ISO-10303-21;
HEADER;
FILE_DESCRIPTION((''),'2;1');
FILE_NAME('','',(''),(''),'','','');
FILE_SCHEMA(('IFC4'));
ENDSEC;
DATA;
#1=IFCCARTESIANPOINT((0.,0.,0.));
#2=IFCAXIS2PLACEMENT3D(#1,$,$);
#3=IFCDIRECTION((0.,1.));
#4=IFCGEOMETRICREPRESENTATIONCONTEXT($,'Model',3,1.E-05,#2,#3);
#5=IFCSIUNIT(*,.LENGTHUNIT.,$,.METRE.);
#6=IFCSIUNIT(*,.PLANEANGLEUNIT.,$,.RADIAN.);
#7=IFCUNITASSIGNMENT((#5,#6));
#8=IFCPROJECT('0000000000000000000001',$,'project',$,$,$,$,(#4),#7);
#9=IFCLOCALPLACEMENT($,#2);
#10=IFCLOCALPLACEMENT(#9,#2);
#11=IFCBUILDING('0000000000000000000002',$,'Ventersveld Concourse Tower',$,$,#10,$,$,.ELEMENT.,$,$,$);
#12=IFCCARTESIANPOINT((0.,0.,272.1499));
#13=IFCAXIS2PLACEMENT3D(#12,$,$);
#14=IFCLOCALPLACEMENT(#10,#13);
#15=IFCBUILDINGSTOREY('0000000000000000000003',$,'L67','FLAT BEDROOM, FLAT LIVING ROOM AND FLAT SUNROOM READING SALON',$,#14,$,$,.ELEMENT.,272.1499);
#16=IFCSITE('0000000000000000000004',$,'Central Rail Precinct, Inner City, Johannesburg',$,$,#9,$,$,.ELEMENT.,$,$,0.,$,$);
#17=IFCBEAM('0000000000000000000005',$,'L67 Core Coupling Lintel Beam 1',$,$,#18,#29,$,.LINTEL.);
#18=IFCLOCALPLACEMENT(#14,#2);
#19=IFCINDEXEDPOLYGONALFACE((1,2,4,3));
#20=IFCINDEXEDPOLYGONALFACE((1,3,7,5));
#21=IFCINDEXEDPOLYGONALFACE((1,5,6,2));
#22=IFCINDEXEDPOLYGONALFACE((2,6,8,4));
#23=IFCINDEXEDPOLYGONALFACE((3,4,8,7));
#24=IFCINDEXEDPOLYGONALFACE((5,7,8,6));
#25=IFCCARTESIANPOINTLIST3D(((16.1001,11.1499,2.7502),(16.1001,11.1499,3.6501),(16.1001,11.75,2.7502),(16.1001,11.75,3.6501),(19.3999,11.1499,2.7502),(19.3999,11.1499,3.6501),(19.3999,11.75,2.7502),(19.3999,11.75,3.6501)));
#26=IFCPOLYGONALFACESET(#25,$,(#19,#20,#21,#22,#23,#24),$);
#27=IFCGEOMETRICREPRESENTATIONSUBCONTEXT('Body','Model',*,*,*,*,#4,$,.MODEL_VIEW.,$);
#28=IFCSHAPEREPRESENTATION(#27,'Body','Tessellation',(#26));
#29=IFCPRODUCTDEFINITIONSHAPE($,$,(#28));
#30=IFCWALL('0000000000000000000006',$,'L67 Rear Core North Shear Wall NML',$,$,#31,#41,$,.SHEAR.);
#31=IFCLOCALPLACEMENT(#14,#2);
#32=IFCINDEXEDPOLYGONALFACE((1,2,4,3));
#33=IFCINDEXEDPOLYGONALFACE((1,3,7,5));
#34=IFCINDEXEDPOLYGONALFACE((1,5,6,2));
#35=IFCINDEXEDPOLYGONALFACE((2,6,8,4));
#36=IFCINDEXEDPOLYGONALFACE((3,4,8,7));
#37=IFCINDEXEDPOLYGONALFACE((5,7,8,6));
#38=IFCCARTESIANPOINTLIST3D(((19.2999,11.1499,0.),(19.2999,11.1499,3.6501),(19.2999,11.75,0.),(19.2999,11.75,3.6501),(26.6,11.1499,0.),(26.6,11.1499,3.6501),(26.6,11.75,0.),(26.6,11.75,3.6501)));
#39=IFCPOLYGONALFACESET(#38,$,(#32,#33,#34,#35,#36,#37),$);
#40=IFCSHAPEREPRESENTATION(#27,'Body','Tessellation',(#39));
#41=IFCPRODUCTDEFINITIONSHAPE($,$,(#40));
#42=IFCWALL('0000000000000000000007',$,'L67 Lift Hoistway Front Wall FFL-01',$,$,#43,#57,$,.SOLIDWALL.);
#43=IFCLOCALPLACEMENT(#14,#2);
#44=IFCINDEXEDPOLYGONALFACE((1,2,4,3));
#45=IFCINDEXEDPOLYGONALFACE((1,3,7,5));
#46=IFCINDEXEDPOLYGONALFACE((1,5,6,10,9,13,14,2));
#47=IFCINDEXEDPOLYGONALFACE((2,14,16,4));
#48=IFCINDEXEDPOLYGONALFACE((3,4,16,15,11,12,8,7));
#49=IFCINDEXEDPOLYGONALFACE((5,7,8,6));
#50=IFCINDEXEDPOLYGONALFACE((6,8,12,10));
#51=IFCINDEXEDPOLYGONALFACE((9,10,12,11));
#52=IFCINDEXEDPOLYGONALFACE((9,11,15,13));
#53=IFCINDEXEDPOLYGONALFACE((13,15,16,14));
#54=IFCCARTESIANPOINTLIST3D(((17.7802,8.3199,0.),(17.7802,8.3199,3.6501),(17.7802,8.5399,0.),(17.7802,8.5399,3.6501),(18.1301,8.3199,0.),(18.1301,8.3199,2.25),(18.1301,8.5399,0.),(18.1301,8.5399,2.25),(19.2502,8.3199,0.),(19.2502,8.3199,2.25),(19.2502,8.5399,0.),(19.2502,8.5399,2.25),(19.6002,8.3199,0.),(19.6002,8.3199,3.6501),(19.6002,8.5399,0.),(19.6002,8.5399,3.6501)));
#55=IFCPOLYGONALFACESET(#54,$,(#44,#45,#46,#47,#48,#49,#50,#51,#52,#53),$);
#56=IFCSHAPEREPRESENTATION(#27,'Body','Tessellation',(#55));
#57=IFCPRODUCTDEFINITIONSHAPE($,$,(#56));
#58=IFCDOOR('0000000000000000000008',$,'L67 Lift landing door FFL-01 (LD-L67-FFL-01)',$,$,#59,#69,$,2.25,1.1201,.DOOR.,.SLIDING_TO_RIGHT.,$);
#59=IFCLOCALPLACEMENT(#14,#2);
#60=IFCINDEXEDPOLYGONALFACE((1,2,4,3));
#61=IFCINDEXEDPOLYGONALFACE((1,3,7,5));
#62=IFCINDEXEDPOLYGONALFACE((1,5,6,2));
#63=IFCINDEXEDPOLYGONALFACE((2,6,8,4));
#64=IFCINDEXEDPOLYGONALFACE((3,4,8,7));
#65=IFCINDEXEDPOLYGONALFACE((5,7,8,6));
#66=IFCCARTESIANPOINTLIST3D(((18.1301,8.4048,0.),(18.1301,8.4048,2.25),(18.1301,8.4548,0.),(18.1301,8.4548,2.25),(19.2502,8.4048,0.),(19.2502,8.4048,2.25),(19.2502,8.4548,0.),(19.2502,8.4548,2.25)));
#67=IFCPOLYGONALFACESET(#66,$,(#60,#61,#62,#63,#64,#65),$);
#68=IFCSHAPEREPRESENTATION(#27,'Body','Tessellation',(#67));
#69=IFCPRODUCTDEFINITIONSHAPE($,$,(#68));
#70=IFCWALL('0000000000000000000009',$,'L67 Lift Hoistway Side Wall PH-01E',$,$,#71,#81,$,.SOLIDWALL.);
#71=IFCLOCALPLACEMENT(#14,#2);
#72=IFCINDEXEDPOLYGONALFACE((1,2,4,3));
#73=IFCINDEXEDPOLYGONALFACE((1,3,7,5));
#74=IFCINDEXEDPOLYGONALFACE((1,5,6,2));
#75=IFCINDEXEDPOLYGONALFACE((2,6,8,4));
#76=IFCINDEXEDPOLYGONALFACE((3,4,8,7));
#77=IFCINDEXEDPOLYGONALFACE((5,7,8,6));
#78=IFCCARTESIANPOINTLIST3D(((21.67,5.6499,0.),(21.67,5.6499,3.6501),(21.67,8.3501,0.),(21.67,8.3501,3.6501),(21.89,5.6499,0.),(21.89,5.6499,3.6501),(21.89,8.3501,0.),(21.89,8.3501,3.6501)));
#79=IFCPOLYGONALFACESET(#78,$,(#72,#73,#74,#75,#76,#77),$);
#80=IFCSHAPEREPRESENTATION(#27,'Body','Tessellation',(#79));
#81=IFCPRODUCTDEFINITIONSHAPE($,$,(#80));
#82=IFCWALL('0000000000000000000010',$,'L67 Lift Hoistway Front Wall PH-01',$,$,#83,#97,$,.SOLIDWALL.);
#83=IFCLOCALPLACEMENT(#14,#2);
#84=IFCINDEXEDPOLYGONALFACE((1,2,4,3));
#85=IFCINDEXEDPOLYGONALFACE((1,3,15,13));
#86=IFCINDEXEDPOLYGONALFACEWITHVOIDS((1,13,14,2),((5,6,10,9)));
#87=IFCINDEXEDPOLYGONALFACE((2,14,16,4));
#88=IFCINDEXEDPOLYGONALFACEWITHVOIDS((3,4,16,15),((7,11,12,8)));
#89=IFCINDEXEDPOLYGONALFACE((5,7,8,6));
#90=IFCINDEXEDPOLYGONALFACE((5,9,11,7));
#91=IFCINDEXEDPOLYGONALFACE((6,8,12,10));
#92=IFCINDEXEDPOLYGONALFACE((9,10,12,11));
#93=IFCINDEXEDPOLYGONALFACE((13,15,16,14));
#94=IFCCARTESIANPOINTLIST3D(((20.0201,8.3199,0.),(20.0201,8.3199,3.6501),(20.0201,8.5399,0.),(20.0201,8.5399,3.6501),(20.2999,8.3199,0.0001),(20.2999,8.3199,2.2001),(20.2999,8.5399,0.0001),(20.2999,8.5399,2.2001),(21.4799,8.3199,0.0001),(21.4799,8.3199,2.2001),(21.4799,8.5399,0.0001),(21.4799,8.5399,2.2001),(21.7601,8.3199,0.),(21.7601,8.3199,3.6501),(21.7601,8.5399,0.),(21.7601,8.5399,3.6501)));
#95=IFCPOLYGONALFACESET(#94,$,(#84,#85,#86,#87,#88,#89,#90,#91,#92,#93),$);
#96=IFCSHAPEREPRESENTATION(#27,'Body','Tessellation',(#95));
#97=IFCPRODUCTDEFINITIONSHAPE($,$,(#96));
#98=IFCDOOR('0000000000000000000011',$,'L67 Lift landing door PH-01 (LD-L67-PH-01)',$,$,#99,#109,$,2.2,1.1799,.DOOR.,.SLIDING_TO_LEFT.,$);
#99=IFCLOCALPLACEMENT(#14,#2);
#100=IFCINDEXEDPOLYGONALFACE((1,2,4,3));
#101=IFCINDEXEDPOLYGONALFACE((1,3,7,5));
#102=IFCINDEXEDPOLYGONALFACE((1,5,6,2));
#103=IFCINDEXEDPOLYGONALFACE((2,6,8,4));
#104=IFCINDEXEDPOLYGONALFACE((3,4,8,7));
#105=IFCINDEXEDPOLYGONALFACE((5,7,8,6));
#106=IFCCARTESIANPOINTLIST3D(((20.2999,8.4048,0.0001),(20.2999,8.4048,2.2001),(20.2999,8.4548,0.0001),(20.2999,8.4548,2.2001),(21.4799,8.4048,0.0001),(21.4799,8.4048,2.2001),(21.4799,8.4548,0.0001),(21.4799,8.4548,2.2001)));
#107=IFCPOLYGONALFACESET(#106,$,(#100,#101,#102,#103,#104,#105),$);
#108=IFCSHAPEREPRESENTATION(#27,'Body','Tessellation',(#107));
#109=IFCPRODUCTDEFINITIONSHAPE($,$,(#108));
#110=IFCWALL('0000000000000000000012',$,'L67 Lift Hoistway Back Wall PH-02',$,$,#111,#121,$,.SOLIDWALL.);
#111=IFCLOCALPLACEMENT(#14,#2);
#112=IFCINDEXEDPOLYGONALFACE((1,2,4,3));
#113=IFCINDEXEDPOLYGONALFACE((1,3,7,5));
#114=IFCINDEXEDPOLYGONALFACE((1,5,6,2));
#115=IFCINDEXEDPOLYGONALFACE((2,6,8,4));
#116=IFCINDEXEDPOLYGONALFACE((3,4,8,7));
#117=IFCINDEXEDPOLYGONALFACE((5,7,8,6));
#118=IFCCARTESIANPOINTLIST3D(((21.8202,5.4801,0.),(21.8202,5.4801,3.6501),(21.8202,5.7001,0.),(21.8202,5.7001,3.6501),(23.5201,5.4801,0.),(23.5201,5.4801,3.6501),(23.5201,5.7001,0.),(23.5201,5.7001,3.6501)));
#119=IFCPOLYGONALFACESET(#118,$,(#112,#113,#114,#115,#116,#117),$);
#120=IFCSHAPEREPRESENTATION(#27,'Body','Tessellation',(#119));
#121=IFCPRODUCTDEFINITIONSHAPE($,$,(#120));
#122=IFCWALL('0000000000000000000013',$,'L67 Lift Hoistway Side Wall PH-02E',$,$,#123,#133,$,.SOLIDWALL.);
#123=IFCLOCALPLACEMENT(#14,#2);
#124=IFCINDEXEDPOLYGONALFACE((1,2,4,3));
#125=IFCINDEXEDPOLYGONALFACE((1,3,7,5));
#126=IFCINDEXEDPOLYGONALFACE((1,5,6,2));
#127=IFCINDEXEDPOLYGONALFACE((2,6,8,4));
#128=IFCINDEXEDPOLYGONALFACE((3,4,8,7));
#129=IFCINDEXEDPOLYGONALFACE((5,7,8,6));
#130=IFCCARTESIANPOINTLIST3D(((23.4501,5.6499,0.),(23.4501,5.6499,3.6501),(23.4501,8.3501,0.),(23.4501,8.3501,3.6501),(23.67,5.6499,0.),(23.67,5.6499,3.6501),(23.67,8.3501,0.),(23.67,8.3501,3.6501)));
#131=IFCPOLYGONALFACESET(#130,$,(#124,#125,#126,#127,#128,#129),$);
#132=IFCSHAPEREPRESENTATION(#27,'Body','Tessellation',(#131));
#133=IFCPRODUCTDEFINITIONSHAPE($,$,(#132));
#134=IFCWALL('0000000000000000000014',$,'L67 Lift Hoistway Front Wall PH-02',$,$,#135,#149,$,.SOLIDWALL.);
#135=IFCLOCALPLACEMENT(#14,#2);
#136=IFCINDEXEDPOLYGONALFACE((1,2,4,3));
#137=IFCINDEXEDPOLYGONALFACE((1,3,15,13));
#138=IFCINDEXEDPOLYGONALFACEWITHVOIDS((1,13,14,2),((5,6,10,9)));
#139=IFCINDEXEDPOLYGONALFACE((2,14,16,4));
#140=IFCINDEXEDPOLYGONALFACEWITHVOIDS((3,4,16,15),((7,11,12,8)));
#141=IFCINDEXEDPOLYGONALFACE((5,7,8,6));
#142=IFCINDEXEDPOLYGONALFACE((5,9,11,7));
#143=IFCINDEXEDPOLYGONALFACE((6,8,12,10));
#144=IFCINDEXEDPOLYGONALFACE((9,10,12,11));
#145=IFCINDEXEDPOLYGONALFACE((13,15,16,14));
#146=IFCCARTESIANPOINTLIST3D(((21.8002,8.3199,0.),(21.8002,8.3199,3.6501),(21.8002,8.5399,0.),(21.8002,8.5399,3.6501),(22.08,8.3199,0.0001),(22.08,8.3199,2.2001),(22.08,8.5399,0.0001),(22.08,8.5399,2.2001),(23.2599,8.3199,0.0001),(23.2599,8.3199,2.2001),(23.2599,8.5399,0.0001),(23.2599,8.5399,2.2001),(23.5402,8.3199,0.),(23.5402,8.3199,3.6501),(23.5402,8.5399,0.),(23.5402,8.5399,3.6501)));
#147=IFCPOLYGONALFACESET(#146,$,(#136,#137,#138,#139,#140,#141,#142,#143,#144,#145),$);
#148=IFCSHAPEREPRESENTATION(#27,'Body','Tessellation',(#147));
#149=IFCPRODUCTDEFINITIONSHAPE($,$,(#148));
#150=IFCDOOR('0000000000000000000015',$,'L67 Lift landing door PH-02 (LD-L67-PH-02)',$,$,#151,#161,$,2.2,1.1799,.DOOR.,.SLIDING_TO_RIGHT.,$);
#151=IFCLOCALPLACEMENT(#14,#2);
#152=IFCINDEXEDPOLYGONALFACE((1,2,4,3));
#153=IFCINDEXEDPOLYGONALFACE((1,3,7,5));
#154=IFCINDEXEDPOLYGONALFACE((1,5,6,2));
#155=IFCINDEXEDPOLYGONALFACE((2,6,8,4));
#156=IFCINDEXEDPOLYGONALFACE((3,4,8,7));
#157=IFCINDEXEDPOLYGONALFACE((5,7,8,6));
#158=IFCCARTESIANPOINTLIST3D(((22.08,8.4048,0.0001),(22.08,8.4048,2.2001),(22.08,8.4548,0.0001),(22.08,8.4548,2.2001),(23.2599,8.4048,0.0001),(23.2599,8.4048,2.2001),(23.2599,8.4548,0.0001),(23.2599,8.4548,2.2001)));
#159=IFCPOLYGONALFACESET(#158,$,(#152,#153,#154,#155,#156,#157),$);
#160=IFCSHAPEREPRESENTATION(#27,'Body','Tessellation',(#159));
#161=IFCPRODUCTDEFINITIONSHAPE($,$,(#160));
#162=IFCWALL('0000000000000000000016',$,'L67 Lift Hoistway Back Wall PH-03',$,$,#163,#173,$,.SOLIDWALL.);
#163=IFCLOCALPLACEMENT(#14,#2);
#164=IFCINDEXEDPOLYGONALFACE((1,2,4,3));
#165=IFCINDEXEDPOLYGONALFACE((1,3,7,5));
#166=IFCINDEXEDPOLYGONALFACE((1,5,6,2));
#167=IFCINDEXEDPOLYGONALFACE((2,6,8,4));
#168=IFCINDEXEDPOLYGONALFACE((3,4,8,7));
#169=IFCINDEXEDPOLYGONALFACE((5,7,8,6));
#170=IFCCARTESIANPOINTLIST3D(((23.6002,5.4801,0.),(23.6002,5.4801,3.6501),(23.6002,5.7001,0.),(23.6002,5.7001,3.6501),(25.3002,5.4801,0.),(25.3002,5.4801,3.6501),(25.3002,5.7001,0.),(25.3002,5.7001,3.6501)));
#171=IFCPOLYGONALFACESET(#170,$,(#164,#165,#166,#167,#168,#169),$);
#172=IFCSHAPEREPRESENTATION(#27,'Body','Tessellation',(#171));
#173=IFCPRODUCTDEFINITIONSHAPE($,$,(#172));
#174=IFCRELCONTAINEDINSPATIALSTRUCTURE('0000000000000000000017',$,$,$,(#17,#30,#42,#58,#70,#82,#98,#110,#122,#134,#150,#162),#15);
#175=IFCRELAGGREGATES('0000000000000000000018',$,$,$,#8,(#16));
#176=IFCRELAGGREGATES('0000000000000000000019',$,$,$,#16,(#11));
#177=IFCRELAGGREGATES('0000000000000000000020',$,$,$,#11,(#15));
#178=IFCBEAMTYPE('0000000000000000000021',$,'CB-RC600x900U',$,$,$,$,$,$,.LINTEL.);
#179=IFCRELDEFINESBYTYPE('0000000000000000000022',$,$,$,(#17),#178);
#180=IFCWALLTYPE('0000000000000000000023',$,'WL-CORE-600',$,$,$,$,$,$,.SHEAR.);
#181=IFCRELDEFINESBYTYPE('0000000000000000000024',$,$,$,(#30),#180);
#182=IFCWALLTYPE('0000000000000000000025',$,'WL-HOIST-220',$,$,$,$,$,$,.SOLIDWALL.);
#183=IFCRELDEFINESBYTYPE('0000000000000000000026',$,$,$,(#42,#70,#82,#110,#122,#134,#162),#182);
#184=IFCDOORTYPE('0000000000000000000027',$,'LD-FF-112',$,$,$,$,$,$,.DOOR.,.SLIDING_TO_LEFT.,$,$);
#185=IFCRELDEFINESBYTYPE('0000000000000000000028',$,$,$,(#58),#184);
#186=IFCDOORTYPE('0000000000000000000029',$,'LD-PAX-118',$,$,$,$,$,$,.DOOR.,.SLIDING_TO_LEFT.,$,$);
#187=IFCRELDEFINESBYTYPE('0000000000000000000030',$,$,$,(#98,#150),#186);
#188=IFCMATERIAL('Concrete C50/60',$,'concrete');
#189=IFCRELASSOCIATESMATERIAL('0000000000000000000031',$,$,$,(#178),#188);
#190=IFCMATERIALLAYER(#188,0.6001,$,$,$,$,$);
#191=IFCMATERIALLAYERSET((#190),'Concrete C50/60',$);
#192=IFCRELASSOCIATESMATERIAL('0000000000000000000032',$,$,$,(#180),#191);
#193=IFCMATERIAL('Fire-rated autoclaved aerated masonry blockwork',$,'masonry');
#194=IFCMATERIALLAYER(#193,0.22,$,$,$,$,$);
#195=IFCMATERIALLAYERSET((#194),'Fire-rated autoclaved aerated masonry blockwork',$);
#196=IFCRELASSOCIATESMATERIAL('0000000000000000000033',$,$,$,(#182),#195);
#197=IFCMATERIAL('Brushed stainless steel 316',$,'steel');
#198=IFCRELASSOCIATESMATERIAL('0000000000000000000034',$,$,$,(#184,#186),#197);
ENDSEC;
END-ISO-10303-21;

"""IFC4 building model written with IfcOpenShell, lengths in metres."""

from ifc_helpers import new_model, si_unit, direction, frame, frame_2d, origin, origin_2d, place, context, subcontext, project, spatial, rectangle, extrude, material, layer, layer_set, material_profile, profile_set, type_object, element, fill, save


model = new_model("IFC4")

# Units and contexts
model_context = context("Model", 3, precision=1e-05, world=origin(), true_north=direction((0.0, 1.0)))
body_context = subcontext(model_context, "Body", "Model", "MODEL_VIEW")
ifc_project = project(units=[si_unit("LENGTHUNIT", "METRE"), si_unit("PLANEANGLEUNIT", "RADIAN")], contexts=[model_context])

# Site, building, storey
site_placement = place(None, origin())
site = spatial("IfcSite", under=ifc_project, at=site_placement, Name="Central Rail Precinct, Inner City, Johannesburg", CompositionType="ELEMENT", RefElevation=0.0)
building_placement = place(site_placement, origin())
building = spatial("IfcBuilding", under=site, at=building_placement, Name="Ventersveld Concourse Tower", CompositionType="ELEMENT")
storey_placement = place(building_placement, frame((0.0, 0.0, 272.1499)))
storey = spatial("IfcBuildingStorey", under=building, at=storey_placement, Name="L67", Description="FLAT BEDROOM, FLAT LIVING ROOM AND FLAT SUNROOM READING SALON", CompositionType="ELEMENT", Elevation=272.1499)

# Beam
ifc_material_1 = material(Name="Concrete C50/60", Category="concrete")
ifc_material_profile = material_profile(ifc_material_1, rectangle(XDim=0.6001, YDim=0.8999, at=origin_2d()), Name="RC 600x900")
ifc_profile_set = profile_set([ifc_material_profile], Name="Concrete C50/60")
beam_type = type_object("IfcBeamType", Name="CB-RC600x900U", PredefinedType="LINTEL", material=ifc_profile_set)
beam_placement = place(storey_placement, frame((16.1001, 11.45, 3.2002), z_axis=(1.0, 0.0, 0.0), x_axis=(0.0, 1.0, 0.0)))
element("IfcBeam", 1, at=beam_placement, inside=storey, type_object=beam_type, Name="L67 Core Coupling Lintel Beam 1", PredefinedType="LINTEL", context=body_context, shape_type="SweptSolid", body=[
    extrude(rectangle(XDim=0.6001, YDim=0.8999, at=origin_2d()), origin(), (0.0, 0.0, 1.0), 3.2998),
])

# Wall
ifc_layer_1 = layer(ifc_material_1, 0.6001)
ifc_layer_set_1 = layer_set([ifc_layer_1], Name="Concrete C50/60")
wall_type_1 = type_object("IfcWallType", Name="WL-CORE-600", PredefinedType="SHEAR", material=ifc_layer_set_1)
wall_1_placement = place(storey_placement, frame((19.3, 11.45, 0.0), z_axis=(0.0, 0.0, 1.0), x_axis=(1.0, 0.0, 0.0)))
element("IfcWall", 2, at=wall_1_placement, inside=storey, type_object=wall_type_1, Name="L67 Rear Core North Shear Wall NML", PredefinedType="SHEAR", context=body_context, shape_type="SweptSolid", body=[
    extrude(rectangle(XDim=7.3, YDim=0.6001, at=frame_2d((3.6499, 0.0))), origin(), (0.0, 0.0, 1.0), 3.6501),
])

# Wall, opening, door
ifc_material_2 = material(Name="Fire-rated autoclaved aerated masonry blockwork", Category="masonry")
ifc_layer_2 = layer(ifc_material_2, 0.22)
ifc_layer_set_2 = layer_set([ifc_layer_2], Name="Fire-rated autoclaved aerated masonry blockwork")
wall_type_2 = type_object("IfcWallType", Name="WL-HOIST-220", PredefinedType="SOLIDWALL", material=ifc_layer_set_2)
wall_2_placement = place(storey_placement, frame((17.78, 8.4299, 0.0), z_axis=(0.0, 0.0, 1.0), x_axis=(1.0, 0.0, 0.0)))
wall_2 = element("IfcWall", 3, at=wall_2_placement, inside=storey, type_object=wall_type_2, Name="L67 Lift Hoistway Front Wall FFL-01", PredefinedType="SOLIDWALL", context=body_context, shape_type="SweptSolid", body=[
    extrude(rectangle(XDim=1.8201, YDim=0.22, at=frame_2d((0.9102, 0.0))), origin(), (0.0, 0.0, 1.0), 3.6501),
])
opening_1_placement = place(wall_2_placement, frame((0.3501, 0.0, 0.0)))
opening_1 = element("IfcOpeningElement", 4, at=opening_1_placement, cuts=wall_2, PredefinedType="OPENING", context=body_context, shape_type="SweptSolid", body=[
    extrude(rectangle(XDim=1.1201, YDim=2.25, at=frame_2d((0.5601, 1.125))), frame((0.0, 0.1201, 0.0), z_axis=(0.0, -1.0, 0.0), x_axis=(1.0, 0.0, 0.0)), (0.0, 0.0, 1.0), 0.24),
])
ifc_material_3 = material(Name="Brushed stainless steel 316", Category="steel")
door_type_1 = type_object("IfcDoorType", Name="LD-FF-112", OperationType="SLIDING_TO_LEFT", PredefinedType="DOOR", material=ifc_material_3)
door_1_placement = place(opening_1_placement, origin())
door_1 = element("IfcDoor", 5, at=door_1_placement, inside=storey, type_object=door_type_1, Name="L67 Lift landing door FFL-01 (LD-L67-FFL-01)", OperationType="SLIDING_TO_RIGHT", OverallHeight=2.25, OverallWidth=1.1201, PredefinedType="DOOR", context=body_context, shape_type="SweptSolid", body=[
    extrude(rectangle(XDim=1.1201, YDim=2.25, at=frame_2d((0.5601, 1.125))), frame((0.0, 0.0249, 0.0), z_axis=(0.0, -1.0, 0.0), x_axis=(1.0, 0.0, 0.0)), (0.0, 0.0, 1.0), 0.05),
])
fill(opening_1, door_1)

# Wall
wall_3_placement = place(storey_placement, frame((21.78, 5.6499, 0.0), z_axis=(0.0, 0.0, 1.0), x_axis=(0.0, 1.0, 0.0)))
element("IfcWall", 6, at=wall_3_placement, inside=storey, type_object=wall_type_2, Name="L67 Lift Hoistway Side Wall PH-01E", PredefinedType="SOLIDWALL", context=body_context, shape_type="SweptSolid", body=[
    extrude(rectangle(XDim=2.7002, YDim=0.22, at=frame_2d((1.3501, 0.0))), origin(), (0.0, 0.0, 1.0), 3.6501),
])

# Wall, opening, door
wall_4_placement = place(storey_placement, frame((20.02, 8.4299, 0.0), z_axis=(0.0, 0.0, 1.0), x_axis=(1.0, 0.0, 0.0)))
wall_4 = element("IfcWall", 7, at=wall_4_placement, inside=storey, type_object=wall_type_2, Name="L67 Lift Hoistway Front Wall PH-01", PredefinedType="SOLIDWALL", context=body_context, shape_type="SweptSolid", body=[
    extrude(rectangle(XDim=1.74, YDim=0.22, at=frame_2d((0.8701, 0.0))), origin(), (0.0, 0.0, 1.0), 3.6501),
])
opening_2_placement = place(wall_4_placement, frame((0.28, 0.0, 0.0)))
opening_2 = element("IfcOpeningElement", 8, at=opening_2_placement, cuts=wall_4, PredefinedType="OPENING", context=body_context, shape_type="SweptSolid", body=[
    extrude(rectangle(XDim=1.1799, YDim=2.2, at=frame_2d((0.5898, 1.1001))), frame((0.0, 0.1201, 0.0), z_axis=(0.0, -1.0, 0.0), x_axis=(1.0, 0.0, 0.0)), (0.0, 0.0, 1.0), 0.24),
])
door_type_2 = type_object("IfcDoorType", Name="LD-PAX-118", OperationType="SLIDING_TO_LEFT", PredefinedType="DOOR", material=ifc_material_3)
door_2_placement = place(opening_2_placement, origin())
door_2 = element("IfcDoor", 9, at=door_2_placement, inside=storey, type_object=door_type_2, Name="L67 Lift landing door PH-01 (LD-L67-PH-01)", OperationType="SLIDING_TO_LEFT", OverallHeight=2.2, OverallWidth=1.1799, PredefinedType="DOOR", context=body_context, shape_type="SweptSolid", body=[
    extrude(rectangle(XDim=1.1799, YDim=2.2, at=frame_2d((0.5898, 1.1001))), frame((0.0, 0.0249, 0.0), z_axis=(0.0, -1.0, 0.0), x_axis=(1.0, 0.0, 0.0)), (0.0, 0.0, 1.0), 0.05),
])
fill(opening_2, door_2)

# Walls
wall_5_placement = place(storey_placement, frame((21.8201, 5.5901, 0.0), z_axis=(0.0, 0.0, 1.0), x_axis=(1.0, 0.0, 0.0)))
element("IfcWall", 10, at=wall_5_placement, inside=storey, type_object=wall_type_2, Name="L67 Lift Hoistway Back Wall PH-02", PredefinedType="SOLIDWALL", context=body_context, shape_type="SweptSolid", body=[
    extrude(rectangle(XDim=1.7, YDim=0.22, at=frame_2d((0.8501, 0.0))), origin(), (0.0, 0.0, 1.0), 3.6501),
])
wall_6_placement = place(storey_placement, frame((23.5601, 5.6499, 0.0), z_axis=(0.0, 0.0, 1.0), x_axis=(0.0, 1.0, 0.0)))
element("IfcWall", 11, at=wall_6_placement, inside=storey, type_object=wall_type_2, Name="L67 Lift Hoistway Side Wall PH-02E", PredefinedType="SOLIDWALL", context=body_context, shape_type="SweptSolid", body=[
    extrude(rectangle(XDim=2.7002, YDim=0.22, at=frame_2d((1.3501, 0.0))), origin(), (0.0, 0.0, 1.0), 3.6501),
])

# Wall, opening, door
wall_7_placement = place(storey_placement, frame((21.8, 8.4299, 0.0), z_axis=(0.0, 0.0, 1.0), x_axis=(1.0, 0.0, 0.0)))
wall_7 = element("IfcWall", 12, at=wall_7_placement, inside=storey, type_object=wall_type_2, Name="L67 Lift Hoistway Front Wall PH-02", PredefinedType="SOLIDWALL", context=body_context, shape_type="SweptSolid", body=[
    extrude(rectangle(XDim=1.74, YDim=0.22, at=frame_2d((0.8701, 0.0))), origin(), (0.0, 0.0, 1.0), 3.6501),
])
opening_3_placement = place(wall_7_placement, frame((0.28, 0.0, 0.0)))
opening_3 = element("IfcOpeningElement", 13, at=opening_3_placement, cuts=wall_7, PredefinedType="OPENING", context=body_context, shape_type="SweptSolid", body=[
    extrude(rectangle(XDim=1.1799, YDim=2.2, at=frame_2d((0.5898, 1.1001))), frame((0.0, 0.1201, 0.0), z_axis=(0.0, -1.0, 0.0), x_axis=(1.0, 0.0, 0.0)), (0.0, 0.0, 1.0), 0.24),
])
door_3_placement = place(opening_3_placement, origin())
door_3 = element("IfcDoor", 14, at=door_3_placement, inside=storey, type_object=door_type_2, Name="L67 Lift landing door PH-02 (LD-L67-PH-02)", OperationType="SLIDING_TO_RIGHT", OverallHeight=2.2, OverallWidth=1.1799, PredefinedType="DOOR", context=body_context, shape_type="SweptSolid", body=[
    extrude(rectangle(XDim=1.1799, YDim=2.2, at=frame_2d((0.5898, 1.1001))), frame((0.0, 0.0249, 0.0), z_axis=(0.0, -1.0, 0.0), x_axis=(1.0, 0.0, 0.0)), (0.0, 0.0, 1.0), 0.05),
])
fill(opening_3, door_3)

# Wall
wall_8_placement = place(storey_placement, frame((23.6001, 5.5901, 0.0), z_axis=(0.0, 0.0, 1.0), x_axis=(1.0, 0.0, 0.0)))
element("IfcWall", 15, at=wall_8_placement, inside=storey, type_object=wall_type_2, Name="L67 Lift Hoistway Back Wall PH-03", PredefinedType="SOLIDWALL", context=body_context, shape_type="SweptSolid", body=[
    extrude(rectangle(XDim=1.7, YDim=0.22, at=frame_2d((0.8501, 0.0))), origin(), (0.0, 0.0, 1.0), 3.6501),
])

save(model, "model.ifc")
